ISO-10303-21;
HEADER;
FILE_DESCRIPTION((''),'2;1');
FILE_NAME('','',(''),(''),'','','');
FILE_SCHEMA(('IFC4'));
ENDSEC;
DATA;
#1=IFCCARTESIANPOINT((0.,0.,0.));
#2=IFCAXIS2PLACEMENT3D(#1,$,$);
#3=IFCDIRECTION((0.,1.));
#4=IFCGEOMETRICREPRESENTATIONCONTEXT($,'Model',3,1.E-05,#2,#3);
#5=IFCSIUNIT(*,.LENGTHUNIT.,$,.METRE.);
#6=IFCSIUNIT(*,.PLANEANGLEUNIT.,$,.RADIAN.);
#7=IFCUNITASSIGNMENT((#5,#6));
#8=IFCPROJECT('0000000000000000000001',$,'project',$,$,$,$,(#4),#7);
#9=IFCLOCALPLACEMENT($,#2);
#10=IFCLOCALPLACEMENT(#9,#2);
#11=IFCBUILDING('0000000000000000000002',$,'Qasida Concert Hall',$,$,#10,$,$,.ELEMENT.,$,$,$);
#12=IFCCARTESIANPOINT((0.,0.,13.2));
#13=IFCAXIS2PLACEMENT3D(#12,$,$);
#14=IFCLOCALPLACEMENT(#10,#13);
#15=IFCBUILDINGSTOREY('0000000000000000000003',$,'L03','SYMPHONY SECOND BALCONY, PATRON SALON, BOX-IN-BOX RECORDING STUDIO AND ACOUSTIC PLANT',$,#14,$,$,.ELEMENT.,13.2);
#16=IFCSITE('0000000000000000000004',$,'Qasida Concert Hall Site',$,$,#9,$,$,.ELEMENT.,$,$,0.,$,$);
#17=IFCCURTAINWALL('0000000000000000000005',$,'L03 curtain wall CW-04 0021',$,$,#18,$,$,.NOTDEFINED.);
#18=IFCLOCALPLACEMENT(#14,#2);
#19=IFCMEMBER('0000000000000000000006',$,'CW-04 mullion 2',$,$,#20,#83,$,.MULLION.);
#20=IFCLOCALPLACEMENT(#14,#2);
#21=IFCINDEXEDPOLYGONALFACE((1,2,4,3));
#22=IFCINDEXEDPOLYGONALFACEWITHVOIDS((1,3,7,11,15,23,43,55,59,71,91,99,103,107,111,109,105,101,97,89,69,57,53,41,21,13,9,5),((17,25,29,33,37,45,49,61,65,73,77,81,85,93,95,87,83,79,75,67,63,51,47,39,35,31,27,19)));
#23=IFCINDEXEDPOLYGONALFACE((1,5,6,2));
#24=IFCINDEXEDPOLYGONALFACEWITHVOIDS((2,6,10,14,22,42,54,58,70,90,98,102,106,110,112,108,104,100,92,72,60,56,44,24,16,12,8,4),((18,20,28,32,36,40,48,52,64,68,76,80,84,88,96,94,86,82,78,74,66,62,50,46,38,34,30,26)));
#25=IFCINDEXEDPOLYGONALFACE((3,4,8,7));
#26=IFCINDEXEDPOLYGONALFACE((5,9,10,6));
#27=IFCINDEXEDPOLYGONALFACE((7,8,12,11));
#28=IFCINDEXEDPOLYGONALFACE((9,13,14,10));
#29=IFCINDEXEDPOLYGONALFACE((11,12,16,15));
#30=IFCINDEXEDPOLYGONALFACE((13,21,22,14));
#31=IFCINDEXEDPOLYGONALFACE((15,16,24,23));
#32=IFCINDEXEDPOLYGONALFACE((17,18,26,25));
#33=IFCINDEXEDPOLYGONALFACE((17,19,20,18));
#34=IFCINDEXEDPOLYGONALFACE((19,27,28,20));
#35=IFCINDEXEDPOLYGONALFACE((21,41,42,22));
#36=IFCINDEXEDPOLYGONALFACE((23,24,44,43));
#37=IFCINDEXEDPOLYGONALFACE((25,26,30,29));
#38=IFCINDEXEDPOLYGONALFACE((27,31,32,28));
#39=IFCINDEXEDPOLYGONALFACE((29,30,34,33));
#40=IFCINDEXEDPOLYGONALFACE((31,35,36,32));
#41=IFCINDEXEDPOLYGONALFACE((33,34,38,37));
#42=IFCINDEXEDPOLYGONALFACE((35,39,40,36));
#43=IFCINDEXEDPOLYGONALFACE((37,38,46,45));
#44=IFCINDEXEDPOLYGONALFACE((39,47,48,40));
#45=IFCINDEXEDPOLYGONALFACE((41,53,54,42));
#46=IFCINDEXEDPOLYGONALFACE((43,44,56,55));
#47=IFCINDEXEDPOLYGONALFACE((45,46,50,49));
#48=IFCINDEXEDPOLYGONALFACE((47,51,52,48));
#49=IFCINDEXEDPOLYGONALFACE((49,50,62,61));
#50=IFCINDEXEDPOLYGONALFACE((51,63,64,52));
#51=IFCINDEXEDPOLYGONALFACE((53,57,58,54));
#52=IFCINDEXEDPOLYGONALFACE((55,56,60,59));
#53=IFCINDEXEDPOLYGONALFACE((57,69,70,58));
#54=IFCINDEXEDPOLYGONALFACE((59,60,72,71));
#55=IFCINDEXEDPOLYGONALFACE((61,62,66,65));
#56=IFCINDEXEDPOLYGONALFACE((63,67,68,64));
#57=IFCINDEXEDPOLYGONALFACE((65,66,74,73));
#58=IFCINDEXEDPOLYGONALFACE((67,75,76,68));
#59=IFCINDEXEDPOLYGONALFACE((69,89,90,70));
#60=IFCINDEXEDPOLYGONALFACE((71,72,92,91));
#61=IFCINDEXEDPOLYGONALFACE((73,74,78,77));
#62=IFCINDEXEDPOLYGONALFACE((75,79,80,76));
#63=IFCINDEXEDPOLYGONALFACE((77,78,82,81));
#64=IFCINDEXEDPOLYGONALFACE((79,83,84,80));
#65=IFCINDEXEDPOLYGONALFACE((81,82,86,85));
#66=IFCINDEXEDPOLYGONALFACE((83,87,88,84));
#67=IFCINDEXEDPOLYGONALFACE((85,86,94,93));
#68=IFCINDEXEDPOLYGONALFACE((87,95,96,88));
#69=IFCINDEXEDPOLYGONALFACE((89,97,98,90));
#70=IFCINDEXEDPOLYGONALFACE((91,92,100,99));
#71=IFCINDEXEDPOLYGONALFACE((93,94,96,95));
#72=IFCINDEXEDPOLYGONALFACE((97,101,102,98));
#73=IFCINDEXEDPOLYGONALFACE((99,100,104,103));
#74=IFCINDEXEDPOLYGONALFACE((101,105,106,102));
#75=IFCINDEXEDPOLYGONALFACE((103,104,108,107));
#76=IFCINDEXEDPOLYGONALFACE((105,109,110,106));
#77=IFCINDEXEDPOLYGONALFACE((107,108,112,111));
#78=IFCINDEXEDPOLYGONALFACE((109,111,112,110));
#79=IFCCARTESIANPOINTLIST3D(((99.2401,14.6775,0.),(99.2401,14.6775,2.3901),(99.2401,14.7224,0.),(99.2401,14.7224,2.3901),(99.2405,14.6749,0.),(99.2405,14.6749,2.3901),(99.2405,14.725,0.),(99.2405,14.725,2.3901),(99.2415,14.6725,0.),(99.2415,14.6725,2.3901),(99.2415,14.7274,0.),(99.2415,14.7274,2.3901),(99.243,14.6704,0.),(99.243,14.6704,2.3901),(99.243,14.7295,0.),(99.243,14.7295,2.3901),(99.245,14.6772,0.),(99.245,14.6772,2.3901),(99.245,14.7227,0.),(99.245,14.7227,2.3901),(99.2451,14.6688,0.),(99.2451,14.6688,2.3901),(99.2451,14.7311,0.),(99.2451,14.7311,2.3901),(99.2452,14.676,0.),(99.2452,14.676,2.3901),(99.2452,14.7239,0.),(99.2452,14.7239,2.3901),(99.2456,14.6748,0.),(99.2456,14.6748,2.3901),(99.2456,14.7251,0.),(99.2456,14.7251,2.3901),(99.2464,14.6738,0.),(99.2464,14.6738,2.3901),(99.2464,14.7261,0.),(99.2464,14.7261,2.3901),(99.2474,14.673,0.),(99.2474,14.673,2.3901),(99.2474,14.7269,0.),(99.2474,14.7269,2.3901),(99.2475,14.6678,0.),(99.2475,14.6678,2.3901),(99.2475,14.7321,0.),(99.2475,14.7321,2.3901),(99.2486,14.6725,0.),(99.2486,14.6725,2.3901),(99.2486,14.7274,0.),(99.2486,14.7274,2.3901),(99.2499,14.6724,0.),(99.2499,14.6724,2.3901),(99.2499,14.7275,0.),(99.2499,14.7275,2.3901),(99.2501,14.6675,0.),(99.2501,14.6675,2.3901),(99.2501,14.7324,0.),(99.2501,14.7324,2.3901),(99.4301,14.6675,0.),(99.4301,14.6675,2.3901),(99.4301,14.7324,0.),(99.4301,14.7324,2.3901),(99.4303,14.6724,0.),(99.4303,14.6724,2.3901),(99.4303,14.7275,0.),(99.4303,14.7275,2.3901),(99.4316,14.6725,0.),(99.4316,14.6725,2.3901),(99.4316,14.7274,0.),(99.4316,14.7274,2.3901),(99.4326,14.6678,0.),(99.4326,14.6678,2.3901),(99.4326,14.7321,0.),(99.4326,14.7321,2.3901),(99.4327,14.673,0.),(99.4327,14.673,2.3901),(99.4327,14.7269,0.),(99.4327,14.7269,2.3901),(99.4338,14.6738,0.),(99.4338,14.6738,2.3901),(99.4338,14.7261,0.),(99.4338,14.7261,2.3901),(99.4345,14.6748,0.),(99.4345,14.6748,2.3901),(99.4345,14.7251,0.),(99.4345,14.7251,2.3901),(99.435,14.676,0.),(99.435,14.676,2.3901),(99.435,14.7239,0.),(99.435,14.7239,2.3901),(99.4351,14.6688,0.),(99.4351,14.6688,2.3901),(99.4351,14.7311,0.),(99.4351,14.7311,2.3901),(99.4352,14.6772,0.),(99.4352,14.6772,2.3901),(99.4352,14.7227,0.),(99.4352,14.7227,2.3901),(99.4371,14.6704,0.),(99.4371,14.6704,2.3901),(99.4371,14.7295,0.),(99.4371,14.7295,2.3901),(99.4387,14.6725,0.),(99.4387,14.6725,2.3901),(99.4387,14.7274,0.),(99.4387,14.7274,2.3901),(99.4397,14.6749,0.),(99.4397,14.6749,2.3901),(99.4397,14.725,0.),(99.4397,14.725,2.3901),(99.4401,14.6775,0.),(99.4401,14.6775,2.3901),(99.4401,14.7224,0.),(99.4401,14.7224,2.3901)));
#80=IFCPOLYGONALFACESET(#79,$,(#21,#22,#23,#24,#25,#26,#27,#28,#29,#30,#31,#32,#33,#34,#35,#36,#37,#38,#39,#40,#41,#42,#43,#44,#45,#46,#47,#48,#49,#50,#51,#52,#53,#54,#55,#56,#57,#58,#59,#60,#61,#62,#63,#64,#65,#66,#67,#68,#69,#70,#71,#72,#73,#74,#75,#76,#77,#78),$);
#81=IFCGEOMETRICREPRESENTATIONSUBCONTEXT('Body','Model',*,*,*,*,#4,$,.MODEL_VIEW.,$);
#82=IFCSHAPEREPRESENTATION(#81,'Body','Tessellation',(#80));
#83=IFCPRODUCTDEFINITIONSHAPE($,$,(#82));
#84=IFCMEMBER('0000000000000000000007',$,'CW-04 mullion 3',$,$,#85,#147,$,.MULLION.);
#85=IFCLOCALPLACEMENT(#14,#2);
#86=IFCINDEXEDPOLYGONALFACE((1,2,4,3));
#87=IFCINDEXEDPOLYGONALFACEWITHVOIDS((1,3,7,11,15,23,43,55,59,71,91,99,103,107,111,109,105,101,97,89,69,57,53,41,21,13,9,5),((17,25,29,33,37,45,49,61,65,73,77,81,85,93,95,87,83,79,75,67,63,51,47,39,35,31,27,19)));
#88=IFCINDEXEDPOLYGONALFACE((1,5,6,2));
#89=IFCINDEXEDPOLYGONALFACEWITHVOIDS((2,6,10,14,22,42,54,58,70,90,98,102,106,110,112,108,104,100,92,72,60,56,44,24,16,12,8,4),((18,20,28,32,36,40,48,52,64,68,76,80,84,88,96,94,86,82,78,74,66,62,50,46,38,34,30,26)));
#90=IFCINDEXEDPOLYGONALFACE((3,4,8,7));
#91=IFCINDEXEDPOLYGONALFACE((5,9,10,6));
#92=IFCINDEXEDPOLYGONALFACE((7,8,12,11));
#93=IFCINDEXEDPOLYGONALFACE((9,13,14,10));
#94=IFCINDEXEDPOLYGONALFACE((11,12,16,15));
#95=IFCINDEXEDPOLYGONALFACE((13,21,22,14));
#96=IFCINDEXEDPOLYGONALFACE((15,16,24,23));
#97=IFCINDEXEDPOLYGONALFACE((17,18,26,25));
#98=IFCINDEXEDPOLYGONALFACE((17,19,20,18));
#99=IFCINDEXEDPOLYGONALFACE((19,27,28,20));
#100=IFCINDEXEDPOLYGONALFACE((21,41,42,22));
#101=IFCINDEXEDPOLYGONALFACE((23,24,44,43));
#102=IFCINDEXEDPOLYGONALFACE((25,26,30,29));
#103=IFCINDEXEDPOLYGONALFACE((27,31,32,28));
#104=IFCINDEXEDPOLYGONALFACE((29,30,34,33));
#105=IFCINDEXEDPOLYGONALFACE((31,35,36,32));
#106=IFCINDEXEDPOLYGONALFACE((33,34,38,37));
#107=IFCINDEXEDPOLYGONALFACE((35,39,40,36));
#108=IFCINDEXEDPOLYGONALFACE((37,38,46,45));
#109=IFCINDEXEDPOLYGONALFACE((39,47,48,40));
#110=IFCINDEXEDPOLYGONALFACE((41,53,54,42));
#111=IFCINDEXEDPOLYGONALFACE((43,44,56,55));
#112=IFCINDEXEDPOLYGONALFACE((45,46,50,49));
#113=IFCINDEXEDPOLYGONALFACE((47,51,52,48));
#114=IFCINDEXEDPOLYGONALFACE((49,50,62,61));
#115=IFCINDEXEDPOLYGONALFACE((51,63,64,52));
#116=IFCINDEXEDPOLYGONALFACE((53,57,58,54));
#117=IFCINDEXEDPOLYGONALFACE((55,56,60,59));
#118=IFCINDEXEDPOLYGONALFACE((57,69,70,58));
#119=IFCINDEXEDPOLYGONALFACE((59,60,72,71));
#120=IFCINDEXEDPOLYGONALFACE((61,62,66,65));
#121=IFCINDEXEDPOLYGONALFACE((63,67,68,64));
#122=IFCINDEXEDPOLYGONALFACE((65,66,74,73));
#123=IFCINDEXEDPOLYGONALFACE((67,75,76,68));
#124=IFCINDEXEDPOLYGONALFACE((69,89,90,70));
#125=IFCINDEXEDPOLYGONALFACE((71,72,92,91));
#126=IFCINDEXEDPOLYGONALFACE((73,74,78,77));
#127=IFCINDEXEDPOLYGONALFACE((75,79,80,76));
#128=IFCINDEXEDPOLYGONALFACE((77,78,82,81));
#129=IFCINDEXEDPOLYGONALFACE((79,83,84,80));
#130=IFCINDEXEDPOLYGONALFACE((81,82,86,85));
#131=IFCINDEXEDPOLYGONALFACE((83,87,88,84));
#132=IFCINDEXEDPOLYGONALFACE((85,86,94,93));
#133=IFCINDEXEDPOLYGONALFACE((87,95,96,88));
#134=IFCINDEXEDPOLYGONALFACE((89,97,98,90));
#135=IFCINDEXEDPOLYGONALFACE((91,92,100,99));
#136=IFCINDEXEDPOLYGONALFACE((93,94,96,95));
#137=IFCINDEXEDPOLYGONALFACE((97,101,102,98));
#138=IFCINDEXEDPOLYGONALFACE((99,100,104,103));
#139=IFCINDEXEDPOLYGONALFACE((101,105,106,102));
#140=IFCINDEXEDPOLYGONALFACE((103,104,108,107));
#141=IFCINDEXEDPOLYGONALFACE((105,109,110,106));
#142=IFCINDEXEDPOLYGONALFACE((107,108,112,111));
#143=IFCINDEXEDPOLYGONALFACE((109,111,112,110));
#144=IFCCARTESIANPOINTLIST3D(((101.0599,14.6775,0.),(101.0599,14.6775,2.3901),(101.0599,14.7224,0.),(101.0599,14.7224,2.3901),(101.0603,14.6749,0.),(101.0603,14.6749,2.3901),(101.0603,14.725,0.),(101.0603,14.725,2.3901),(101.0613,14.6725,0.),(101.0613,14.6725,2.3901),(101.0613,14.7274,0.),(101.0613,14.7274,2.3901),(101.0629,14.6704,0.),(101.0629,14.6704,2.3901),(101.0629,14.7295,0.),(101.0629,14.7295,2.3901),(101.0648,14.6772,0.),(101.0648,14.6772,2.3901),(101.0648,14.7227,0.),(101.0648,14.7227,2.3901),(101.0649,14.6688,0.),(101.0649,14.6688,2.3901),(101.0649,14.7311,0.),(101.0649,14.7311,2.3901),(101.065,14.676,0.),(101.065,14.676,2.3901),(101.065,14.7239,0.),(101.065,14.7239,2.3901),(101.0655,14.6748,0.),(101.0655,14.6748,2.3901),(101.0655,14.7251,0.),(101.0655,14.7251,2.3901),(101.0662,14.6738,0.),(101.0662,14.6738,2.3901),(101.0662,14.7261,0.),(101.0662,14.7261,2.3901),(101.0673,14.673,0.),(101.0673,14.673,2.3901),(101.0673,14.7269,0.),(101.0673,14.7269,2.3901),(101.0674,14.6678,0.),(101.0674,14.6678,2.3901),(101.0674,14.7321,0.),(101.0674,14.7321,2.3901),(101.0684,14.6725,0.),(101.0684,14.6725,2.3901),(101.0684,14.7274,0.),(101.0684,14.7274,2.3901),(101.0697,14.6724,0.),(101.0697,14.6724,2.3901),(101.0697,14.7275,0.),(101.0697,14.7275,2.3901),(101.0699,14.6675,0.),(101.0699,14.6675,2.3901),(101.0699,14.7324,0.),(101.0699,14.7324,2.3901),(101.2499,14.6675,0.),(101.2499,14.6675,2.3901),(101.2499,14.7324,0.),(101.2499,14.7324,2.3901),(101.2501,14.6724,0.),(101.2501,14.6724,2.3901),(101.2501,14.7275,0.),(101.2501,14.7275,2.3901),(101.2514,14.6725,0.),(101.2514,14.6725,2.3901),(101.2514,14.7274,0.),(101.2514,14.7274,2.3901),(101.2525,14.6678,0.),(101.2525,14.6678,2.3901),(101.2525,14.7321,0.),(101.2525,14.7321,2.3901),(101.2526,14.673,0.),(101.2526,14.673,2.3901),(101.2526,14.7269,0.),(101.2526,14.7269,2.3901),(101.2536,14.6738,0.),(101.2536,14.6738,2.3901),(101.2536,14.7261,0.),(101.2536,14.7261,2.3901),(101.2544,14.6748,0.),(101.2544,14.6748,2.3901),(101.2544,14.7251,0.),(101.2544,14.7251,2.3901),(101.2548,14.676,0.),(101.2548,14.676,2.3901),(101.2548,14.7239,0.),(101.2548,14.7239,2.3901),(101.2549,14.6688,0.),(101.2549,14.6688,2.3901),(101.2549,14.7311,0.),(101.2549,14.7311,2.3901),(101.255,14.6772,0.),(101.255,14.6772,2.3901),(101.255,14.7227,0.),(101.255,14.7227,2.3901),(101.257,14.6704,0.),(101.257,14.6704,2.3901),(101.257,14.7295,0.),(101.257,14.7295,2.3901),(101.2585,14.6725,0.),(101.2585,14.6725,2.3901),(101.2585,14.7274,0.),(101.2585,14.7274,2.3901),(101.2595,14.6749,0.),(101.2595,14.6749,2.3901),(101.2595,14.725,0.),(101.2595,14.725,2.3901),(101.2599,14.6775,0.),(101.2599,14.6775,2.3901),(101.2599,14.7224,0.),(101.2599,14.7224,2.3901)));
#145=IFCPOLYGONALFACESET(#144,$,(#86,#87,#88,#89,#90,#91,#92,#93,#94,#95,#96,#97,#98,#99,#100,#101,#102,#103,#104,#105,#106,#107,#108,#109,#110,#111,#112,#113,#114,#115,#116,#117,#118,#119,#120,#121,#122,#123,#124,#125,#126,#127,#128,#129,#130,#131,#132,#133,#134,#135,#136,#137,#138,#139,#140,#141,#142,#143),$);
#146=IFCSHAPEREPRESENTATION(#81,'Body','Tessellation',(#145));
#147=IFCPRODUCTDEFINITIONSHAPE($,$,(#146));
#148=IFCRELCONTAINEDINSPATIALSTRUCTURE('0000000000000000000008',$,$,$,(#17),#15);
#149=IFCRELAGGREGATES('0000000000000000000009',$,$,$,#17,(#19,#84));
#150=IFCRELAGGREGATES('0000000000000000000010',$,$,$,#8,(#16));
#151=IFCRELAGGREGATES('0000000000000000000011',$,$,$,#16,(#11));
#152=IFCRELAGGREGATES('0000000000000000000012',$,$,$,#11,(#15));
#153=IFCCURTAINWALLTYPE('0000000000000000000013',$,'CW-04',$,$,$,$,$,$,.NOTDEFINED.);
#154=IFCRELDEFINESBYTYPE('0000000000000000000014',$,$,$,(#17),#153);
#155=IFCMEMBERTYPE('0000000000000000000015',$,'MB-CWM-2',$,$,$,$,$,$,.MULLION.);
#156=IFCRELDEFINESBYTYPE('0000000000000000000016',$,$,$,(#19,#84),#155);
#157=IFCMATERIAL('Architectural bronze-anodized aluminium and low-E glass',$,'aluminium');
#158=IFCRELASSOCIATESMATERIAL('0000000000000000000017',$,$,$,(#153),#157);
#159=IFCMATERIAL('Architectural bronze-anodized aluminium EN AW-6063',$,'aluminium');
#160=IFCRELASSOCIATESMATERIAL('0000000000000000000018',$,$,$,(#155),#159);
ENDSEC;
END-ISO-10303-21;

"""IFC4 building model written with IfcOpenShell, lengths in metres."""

from ifc_helpers import new_model, si_unit, direction, frame, origin, origin_2d, place, context, subcontext, project, spatial, hollow_rectangle, extrude, material, material_profile, profile_set, type_object, element, aggregate, save


model = new_model("IFC4")

# Units and contexts
model_context = context("Model", 3, precision=1e-05, world=origin(), true_north=direction((0.0, 1.0)))
body_context = subcontext(model_context, "Body", "Model", "MODEL_VIEW")
ifc_project = project(units=[si_unit("LENGTHUNIT", "METRE"), si_unit("PLANEANGLEUNIT", "RADIAN")], contexts=[model_context])

# Site, building, storey
site_placement = place(None, origin())
site = spatial("IfcSite", under=ifc_project, at=site_placement, Name="Qasida Concert Hall Site", CompositionType="ELEMENT", RefElevation=0.0)
building_placement = place(site_placement, origin())
building = spatial("IfcBuilding", under=site, at=building_placement, Name="Qasida Concert Hall", CompositionType="ELEMENT")
storey_placement = place(building_placement, frame((0.0, 0.0, 13.2)))
storey = spatial("IfcBuildingStorey", under=building, at=storey_placement, Name="L03", Description="SYMPHONY SECOND BALCONY, PATRON SALON, BOX-IN-BOX RECORDING STUDIO AND ACOUSTIC PLANT", CompositionType="ELEMENT", Elevation=13.2)

# Shared definitions
ifc_material_1 = material(Name="Architectural bronze-anodized aluminium and low-E glass", Category="aluminium")
curtain_wall_type = type_object("IfcCurtainWallType", Name="CW-04", PredefinedType="NOTDEFINED", material=ifc_material_1)
ifc_material_2 = material(Name="Architectural bronze-anodized aluminium EN AW-6063", Category="aluminium")
ifc_material_profile_1 = material_profile(ifc_material_2, hollow_rectangle(XDim=0.0649, YDim=0.2, WallThickness=0.0049, InnerFilletRadius=0.0049, OuterFilletRadius=0.01, at=origin_2d()), Name="CWM 200x65x5")
ifc_profile_set_1 = profile_set([ifc_material_profile_1], Name="Architectural bronze-anodized aluminium EN AW-6063")
member_type_1 = type_object("IfcMemberType", Name="MB-CWM-2", PredefinedType="MULLION", material=ifc_profile_set_1)

# Curtain wall, members
curtain_wall_1_placement = place(storey_placement, origin())
curtain_wall_1 = element("IfcCurtainWall", 1, at=curtain_wall_1_placement, inside=storey, type_object=curtain_wall_type, Name="L03 curtain wall CW-04 0021", PredefinedType="NOTDEFINED")
member_1_placement = place(storey_placement, frame((99.3401, 14.7, 0.0), z_axis=(0.0, 0.0, 1.0), x_axis=(0.0, 1.0, 0.0)))
member_1 = element("IfcMember", 2, at=member_1_placement, type_object=member_type_1, Name="CW-04 mullion 2", PredefinedType="MULLION", context=body_context, shape_type="SweptSolid", body=[
    extrude(hollow_rectangle(XDim=0.0649, YDim=0.2, WallThickness=0.0049, InnerFilletRadius=0.0049, OuterFilletRadius=0.01, at=origin_2d()), origin(), (0.0, 0.0, 1.0), 2.3901),
])
member_2_placement = place(storey_placement, frame((101.1599, 14.7, 0.0), z_axis=(0.0, 0.0, 1.0), x_axis=(0.0, 1.0, 0.0)))
member_2 = element("IfcMember", 3, at=member_2_placement, type_object=member_type_1, Name="CW-04 mullion 3", PredefinedType="MULLION", context=body_context, shape_type="SweptSolid", body=[
    extrude(hollow_rectangle(XDim=0.0649, YDim=0.2, WallThickness=0.0049, InnerFilletRadius=0.0049, OuterFilletRadius=0.01, at=origin_2d()), origin(), (0.0, 0.0, 1.0), 2.3901),
])

aggregate(curtain_wall_1, [member_1, member_2])

save(model, "model.ifc")
